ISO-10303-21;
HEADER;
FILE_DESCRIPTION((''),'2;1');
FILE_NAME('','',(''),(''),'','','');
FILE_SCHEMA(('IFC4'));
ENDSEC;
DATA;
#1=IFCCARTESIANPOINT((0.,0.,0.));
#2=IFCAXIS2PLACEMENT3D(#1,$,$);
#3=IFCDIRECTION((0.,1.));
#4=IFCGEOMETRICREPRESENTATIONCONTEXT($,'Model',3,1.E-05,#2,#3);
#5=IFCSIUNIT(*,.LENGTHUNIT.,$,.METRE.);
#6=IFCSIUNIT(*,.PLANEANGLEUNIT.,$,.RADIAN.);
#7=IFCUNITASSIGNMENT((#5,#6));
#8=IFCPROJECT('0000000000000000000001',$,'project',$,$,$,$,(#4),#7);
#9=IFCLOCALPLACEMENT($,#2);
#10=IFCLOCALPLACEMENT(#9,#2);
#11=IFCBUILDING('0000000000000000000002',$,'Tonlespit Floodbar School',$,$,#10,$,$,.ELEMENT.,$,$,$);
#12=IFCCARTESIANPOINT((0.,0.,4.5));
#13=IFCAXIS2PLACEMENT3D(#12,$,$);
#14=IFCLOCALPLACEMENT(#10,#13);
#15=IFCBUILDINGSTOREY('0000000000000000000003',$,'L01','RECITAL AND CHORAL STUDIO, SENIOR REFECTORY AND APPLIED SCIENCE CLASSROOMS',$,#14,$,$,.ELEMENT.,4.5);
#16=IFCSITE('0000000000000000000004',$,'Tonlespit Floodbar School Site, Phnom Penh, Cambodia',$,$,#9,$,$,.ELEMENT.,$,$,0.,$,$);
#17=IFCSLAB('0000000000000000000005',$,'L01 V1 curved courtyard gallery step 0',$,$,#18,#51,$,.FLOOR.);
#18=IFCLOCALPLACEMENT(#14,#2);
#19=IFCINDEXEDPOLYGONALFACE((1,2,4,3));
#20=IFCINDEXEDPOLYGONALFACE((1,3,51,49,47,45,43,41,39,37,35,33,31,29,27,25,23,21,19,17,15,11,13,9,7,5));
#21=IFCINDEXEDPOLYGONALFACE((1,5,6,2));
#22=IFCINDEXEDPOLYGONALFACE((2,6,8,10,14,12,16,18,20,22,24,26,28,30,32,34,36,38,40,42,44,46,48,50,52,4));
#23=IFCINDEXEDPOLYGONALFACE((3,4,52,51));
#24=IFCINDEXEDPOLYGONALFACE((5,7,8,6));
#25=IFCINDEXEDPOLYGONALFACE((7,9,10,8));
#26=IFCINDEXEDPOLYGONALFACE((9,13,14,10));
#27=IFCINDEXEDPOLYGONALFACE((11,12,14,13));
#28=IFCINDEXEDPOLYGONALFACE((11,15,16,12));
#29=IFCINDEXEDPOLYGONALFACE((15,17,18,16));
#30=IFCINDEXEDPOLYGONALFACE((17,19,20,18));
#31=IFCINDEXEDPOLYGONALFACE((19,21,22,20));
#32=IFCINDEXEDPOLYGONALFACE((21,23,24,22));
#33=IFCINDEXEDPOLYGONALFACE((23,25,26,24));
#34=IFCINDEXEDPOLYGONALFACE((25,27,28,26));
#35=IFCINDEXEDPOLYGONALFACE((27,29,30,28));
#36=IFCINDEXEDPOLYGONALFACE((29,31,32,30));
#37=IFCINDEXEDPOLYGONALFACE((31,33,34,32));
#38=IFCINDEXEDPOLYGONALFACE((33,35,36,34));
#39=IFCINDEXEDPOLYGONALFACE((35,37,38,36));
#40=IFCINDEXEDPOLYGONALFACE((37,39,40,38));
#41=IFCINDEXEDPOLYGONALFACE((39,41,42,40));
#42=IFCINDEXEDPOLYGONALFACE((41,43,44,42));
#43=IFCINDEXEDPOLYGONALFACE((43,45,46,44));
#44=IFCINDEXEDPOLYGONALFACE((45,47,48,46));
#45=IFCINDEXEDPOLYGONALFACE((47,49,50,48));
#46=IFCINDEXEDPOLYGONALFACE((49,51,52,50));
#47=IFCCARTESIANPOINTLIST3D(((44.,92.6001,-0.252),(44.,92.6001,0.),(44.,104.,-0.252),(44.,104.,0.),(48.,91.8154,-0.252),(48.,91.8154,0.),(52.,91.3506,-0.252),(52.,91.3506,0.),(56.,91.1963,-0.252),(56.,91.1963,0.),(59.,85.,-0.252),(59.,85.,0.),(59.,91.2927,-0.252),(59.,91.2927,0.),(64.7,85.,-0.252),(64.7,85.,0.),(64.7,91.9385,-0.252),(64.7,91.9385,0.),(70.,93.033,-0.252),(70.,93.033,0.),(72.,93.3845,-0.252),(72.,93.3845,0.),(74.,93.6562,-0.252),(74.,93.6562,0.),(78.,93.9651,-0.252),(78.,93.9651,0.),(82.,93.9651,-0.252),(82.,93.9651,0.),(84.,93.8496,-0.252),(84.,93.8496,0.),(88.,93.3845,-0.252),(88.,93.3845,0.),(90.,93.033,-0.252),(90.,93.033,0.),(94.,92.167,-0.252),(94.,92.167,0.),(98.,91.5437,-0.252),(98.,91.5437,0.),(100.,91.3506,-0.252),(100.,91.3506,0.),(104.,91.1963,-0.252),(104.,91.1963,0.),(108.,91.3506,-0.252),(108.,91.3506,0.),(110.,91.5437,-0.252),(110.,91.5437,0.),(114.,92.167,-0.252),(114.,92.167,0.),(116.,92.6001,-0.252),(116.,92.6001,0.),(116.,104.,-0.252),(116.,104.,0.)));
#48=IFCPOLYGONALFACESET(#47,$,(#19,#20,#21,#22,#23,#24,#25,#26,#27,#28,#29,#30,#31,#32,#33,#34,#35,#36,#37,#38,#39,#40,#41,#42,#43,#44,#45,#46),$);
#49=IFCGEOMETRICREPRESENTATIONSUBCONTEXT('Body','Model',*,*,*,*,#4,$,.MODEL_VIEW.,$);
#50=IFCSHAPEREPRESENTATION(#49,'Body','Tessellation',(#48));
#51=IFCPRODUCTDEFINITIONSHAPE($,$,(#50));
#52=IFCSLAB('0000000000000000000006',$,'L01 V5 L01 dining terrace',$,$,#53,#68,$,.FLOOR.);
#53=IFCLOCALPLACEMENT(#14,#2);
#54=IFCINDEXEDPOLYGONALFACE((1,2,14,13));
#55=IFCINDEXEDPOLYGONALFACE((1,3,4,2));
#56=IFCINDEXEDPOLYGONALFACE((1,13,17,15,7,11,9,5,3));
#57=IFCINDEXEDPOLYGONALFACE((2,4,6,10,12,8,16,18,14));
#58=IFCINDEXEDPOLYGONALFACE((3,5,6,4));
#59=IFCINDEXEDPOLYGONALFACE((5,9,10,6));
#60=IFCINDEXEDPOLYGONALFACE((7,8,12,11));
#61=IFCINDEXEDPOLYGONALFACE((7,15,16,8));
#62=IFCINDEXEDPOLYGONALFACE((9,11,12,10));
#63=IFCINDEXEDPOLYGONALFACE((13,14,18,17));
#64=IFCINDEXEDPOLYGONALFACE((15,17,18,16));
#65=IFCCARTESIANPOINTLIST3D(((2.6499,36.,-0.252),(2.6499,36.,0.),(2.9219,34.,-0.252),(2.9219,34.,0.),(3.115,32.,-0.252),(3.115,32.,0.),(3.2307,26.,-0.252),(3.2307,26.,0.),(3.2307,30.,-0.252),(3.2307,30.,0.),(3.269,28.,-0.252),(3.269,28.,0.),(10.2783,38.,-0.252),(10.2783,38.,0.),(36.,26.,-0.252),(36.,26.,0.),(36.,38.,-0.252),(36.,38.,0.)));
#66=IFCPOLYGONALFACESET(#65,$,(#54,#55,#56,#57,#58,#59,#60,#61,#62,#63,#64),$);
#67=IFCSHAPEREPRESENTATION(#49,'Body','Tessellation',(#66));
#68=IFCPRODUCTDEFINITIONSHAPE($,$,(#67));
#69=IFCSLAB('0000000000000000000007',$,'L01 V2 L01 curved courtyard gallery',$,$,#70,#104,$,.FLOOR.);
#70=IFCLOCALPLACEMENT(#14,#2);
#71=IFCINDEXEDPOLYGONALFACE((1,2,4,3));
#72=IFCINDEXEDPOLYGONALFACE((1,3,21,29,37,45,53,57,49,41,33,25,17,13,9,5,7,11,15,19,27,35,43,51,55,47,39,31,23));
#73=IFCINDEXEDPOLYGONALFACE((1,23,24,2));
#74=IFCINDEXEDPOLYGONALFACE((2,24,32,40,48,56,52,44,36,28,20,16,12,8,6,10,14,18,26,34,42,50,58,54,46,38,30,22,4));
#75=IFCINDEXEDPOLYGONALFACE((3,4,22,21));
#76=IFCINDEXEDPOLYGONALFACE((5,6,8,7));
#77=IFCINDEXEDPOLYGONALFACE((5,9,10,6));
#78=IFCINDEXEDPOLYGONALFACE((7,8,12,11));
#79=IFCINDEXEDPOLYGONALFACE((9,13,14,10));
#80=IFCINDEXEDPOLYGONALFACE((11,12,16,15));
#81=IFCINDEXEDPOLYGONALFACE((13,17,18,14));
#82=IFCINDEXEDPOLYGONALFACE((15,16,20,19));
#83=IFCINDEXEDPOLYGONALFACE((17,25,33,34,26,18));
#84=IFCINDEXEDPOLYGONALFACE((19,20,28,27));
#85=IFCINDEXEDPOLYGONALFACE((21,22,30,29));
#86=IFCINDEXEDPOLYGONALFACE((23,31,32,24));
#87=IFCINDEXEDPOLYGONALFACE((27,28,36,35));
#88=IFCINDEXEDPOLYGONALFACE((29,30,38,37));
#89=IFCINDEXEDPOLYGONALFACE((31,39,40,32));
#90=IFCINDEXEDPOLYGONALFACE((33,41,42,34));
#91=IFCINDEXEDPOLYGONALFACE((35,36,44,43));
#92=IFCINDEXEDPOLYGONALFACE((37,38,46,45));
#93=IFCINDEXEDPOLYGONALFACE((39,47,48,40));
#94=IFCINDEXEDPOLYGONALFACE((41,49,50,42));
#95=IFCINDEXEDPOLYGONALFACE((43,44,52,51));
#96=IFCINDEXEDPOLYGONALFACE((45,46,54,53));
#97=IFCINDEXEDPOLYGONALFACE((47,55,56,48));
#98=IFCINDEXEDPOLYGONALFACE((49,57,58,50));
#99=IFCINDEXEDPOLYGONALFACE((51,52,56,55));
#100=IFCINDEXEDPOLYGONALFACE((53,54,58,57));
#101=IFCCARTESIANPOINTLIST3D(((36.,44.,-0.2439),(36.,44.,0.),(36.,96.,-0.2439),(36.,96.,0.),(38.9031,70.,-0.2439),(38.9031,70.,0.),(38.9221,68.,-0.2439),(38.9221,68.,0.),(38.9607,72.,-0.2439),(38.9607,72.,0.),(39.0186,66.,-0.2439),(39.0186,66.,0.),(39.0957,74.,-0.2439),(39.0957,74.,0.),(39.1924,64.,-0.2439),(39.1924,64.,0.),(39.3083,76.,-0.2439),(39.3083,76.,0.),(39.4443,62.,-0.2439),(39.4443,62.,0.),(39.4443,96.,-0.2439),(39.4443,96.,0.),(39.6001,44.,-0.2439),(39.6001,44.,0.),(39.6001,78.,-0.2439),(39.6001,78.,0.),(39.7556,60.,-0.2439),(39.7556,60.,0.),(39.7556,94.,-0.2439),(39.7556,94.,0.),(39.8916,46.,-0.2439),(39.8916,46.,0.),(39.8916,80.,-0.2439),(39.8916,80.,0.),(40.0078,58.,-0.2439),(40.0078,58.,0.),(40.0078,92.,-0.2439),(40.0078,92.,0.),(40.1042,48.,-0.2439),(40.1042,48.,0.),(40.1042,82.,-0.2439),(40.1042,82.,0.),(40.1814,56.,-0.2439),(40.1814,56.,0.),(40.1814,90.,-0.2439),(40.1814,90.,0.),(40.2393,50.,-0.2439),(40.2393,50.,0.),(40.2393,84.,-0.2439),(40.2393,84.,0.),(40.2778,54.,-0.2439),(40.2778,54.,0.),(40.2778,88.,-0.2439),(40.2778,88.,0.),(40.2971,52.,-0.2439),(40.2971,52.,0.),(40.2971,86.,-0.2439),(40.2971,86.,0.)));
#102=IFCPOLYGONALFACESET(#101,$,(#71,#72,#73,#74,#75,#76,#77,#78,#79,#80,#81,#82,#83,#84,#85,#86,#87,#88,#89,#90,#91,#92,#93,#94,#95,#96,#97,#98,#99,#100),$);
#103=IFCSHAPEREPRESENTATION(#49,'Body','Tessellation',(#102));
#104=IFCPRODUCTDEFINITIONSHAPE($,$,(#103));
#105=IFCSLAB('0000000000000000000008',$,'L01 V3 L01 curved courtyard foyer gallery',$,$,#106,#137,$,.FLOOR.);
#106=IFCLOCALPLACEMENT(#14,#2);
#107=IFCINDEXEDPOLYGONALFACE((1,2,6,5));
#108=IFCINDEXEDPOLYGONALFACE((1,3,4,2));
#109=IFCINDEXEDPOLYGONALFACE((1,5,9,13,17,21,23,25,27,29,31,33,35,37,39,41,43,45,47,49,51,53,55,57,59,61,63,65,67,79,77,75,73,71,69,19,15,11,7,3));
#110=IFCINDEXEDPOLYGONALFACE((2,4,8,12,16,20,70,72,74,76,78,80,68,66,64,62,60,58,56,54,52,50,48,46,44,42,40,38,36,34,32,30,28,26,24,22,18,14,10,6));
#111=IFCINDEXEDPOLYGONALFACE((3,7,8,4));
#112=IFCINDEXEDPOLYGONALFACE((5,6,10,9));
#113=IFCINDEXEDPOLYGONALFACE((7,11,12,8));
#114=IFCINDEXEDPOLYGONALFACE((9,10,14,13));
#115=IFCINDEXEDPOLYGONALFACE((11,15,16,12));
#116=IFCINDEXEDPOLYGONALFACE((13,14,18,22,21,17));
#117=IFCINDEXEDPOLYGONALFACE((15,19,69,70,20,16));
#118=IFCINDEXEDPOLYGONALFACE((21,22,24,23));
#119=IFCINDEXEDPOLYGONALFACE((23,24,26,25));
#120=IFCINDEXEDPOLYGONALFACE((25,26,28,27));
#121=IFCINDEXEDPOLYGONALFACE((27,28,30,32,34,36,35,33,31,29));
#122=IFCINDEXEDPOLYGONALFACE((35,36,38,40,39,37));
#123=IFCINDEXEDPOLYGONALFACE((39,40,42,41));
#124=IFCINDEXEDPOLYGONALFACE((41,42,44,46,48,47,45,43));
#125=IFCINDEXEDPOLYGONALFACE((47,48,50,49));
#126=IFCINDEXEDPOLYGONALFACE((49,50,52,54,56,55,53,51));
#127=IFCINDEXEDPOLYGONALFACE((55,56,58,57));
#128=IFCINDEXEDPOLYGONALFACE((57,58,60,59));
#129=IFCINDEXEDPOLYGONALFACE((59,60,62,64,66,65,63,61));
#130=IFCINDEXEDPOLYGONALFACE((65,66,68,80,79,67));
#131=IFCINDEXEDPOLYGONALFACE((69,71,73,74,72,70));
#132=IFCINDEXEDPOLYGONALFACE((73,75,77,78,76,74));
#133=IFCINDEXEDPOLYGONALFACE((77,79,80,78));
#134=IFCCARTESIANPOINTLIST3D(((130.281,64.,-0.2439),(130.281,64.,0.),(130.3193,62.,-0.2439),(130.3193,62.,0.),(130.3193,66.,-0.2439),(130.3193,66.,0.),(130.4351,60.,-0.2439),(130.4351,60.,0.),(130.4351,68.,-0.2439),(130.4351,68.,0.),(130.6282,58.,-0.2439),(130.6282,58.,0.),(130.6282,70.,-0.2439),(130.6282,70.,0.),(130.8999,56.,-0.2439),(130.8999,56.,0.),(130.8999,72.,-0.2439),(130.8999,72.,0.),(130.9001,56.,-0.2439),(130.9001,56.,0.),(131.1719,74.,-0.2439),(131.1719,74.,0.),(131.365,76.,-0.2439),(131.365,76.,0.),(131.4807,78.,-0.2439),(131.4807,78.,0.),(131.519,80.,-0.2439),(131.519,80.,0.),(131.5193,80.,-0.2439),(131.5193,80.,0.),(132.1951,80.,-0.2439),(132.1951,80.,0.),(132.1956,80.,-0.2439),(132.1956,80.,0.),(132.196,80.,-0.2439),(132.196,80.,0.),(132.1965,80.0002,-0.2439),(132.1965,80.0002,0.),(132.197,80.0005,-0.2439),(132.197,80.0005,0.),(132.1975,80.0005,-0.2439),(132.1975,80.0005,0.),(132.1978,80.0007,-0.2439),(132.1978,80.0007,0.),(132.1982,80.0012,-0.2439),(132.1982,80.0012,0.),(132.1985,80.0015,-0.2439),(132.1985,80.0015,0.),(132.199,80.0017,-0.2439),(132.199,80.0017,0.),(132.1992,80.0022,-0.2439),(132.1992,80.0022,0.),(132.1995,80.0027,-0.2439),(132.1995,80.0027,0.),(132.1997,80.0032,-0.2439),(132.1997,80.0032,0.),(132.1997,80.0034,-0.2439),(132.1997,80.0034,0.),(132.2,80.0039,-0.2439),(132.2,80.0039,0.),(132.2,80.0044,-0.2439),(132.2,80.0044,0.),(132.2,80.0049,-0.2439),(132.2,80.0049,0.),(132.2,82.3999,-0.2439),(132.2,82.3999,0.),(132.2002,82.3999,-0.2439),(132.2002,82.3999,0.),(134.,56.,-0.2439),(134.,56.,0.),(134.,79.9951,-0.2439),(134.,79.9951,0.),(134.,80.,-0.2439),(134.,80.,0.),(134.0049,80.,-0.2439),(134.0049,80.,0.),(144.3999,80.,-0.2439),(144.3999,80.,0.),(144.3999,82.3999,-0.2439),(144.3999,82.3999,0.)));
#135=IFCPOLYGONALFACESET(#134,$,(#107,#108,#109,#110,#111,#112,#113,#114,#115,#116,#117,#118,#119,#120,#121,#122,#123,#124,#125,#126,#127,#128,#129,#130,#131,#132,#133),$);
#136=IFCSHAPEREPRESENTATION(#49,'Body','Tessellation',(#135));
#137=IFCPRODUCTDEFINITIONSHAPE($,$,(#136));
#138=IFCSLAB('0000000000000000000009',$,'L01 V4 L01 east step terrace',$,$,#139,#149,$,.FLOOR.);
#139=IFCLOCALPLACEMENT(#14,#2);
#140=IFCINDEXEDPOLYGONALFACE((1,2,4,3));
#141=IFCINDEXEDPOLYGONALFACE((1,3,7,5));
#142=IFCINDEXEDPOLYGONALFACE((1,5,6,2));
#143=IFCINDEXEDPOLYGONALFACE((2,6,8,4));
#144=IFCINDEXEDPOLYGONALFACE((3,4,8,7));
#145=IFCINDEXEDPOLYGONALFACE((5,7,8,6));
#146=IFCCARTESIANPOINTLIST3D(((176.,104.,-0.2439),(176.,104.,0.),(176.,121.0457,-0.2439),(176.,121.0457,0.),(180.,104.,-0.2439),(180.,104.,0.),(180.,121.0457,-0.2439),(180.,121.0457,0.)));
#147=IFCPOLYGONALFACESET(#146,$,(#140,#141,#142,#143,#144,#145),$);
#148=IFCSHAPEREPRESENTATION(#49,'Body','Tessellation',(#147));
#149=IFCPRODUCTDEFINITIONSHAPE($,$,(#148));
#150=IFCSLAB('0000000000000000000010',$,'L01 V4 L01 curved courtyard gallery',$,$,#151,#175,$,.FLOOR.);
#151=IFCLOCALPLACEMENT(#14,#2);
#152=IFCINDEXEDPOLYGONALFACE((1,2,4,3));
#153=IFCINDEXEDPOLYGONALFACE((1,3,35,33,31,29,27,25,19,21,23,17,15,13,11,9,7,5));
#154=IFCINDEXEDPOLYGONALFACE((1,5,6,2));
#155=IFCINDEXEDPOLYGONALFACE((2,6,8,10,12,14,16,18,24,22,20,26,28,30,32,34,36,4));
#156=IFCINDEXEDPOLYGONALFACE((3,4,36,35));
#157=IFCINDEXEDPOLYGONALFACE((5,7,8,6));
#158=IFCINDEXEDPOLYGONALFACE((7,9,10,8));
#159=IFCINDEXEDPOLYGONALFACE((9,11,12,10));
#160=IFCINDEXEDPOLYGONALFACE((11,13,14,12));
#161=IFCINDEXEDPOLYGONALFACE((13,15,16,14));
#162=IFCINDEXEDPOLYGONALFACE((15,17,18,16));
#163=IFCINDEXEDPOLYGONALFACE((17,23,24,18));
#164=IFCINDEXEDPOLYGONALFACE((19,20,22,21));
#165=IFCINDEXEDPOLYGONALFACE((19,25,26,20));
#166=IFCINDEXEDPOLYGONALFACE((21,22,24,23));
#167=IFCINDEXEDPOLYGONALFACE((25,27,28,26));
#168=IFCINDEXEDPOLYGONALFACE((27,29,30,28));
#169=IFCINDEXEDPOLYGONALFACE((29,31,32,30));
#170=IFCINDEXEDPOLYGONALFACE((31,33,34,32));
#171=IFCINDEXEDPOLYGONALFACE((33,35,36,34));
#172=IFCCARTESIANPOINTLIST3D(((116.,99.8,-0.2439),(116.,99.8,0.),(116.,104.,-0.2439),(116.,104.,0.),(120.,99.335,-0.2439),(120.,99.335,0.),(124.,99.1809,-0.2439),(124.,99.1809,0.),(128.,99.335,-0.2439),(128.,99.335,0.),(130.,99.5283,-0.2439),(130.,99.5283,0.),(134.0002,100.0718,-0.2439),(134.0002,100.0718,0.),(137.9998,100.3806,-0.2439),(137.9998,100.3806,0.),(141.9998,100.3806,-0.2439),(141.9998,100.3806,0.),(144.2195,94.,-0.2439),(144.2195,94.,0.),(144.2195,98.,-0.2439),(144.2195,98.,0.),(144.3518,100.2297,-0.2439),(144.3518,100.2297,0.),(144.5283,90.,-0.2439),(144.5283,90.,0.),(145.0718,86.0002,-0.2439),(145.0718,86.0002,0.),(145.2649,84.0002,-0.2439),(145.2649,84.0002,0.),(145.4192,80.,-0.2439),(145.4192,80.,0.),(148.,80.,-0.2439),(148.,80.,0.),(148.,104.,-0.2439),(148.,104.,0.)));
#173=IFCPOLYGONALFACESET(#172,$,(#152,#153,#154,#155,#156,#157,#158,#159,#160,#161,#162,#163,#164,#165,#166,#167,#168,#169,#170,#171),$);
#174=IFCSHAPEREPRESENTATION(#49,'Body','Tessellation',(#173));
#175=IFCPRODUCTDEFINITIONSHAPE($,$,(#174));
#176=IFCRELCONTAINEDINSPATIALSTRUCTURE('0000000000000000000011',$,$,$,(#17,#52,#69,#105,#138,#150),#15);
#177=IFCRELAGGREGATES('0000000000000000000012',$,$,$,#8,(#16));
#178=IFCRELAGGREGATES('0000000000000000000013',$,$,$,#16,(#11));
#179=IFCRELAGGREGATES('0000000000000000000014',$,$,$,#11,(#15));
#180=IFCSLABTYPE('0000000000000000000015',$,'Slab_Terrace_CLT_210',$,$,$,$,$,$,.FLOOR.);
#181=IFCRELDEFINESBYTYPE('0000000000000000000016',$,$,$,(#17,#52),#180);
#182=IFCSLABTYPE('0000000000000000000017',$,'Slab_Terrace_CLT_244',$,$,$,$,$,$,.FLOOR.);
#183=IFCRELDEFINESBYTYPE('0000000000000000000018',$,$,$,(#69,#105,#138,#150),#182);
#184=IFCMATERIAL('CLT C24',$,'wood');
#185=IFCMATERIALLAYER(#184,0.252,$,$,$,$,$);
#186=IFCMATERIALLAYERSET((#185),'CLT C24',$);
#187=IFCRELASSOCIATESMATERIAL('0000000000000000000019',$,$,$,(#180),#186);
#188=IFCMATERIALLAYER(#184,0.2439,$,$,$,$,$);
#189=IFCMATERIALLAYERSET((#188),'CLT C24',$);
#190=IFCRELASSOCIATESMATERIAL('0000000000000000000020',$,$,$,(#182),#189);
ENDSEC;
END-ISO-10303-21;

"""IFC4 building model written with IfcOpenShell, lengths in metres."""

from ifc_helpers import new_model, si_unit, direction, frame, origin, place, context, subcontext, project, spatial, polyline, outline, extrude, material, layer, layer_set, type_object, element, save


model = new_model("IFC4")

# Units and contexts
model_context = context("Model", 3, precision=1e-05, world=origin(), true_north=direction((0.0, 1.0)))
body_context = subcontext(model_context, "Body", "Model", "MODEL_VIEW")
ifc_project = project(units=[si_unit("LENGTHUNIT", "METRE"), si_unit("PLANEANGLEUNIT", "RADIAN")], contexts=[model_context])

# Site, building, storey
site_placement = place(None, origin())
site = spatial("IfcSite", under=ifc_project, at=site_placement, Name="Tonlespit Floodbar School Site, Phnom Penh, Cambodia", CompositionType="ELEMENT", RefElevation=0.0)
building_placement = place(site_placement, origin())
building = spatial("IfcBuilding", under=site, at=building_placement, Name="Tonlespit Floodbar School", CompositionType="ELEMENT")
storey_placement = place(building_placement, frame((0.0, 0.0, 4.5)))
storey = spatial("IfcBuildingStorey", under=building, at=storey_placement, Name="L01", Description="RECITAL AND CHORAL STUDIO, SENIOR REFECTORY AND APPLIED SCIENCE CLASSROOMS", CompositionType="ELEMENT", Elevation=4.5)

# Slabs
ifc_material_1 = material(Name="CLT C24", Category="wood")
ifc_layer_1 = layer(ifc_material_1, 0.252)
ifc_layer_set_1 = layer_set([ifc_layer_1], Name="CLT C24")
slab_type_1 = type_object("IfcSlabType", Name="Slab_Terrace_CLT_210", PredefinedType="FLOOR", material=ifc_layer_set_1)
slab_1_placement = place(storey_placement, frame((0.0, 0.0, -0.252)))
element("IfcSlab", 1, at=slab_1_placement, inside=storey, type_object=slab_type_1, Name="L01 V1 curved courtyard gallery step 0", PredefinedType="FLOOR", context=body_context, shape_type="SweptSolid", body=[
    extrude(outline(polyline([(64.7, 85.0), (59.0, 85.0), (59.0, 91.2927), (56.0, 91.1963), (52.0, 91.3506), (48.0, 91.8154), (44.0, 92.6001), (44.0, 104.0), (116.0, 104.0), (116.0, 92.6001), (114.0, 92.167), (110.0, 91.5437), (108.0, 91.3506), (104.0, 91.1963), (100.0, 91.3506), (98.0, 91.5437), (94.0, 92.167), (90.0, 93.033), (88.0, 93.3845), (84.0, 93.8496), (82.0, 93.9651), (78.0, 93.9651), (74.0, 93.6562), (72.0, 93.3845), (70.0, 93.033), (64.7, 91.9385), (64.7, 85.0)])), origin(), (0.0, 0.0, 1.0), 0.252),
])
slab_2_placement = place(storey_placement, frame((0.0, 0.0, -0.252)))
element("IfcSlab", 2, at=slab_2_placement, inside=storey, type_object=slab_type_1, Name="L01 V5 L01 dining terrace", PredefinedType="FLOOR", context=body_context, shape_type="SweptSolid", body=[
    extrude(outline(polyline([(10.2783, 38.0), (2.6499, 36.0), (2.9219, 34.0), (3.115, 32.0), (3.2307, 30.0), (3.269, 28.0), (3.2307, 26.0), (36.0, 26.0), (36.0, 38.0), (10.2783, 38.0)])), origin(), (0.0, 0.0, 1.0), 0.252),
])
ifc_layer_2 = layer(ifc_material_1, 0.2439)
ifc_layer_set_2 = layer_set([ifc_layer_2], Name="CLT C24")
slab_type_2 = type_object("IfcSlabType", Name="Slab_Terrace_CLT_244", PredefinedType="FLOOR", material=ifc_layer_set_2)
slab_3_placement = place(storey_placement, frame((0.0, 0.0, -0.2439)))
element("IfcSlab", 3, at=slab_3_placement, inside=storey, type_object=slab_type_2, Name="L01 V2 L01 curved courtyard gallery", PredefinedType="FLOOR", context=body_context, shape_type="SweptSolid", body=[
    extrude(outline(polyline([(36.0, 44.0), (39.6001, 44.0), (39.8916, 46.0), (40.1042, 48.0), (40.2393, 50.0), (40.2971, 52.0), (40.2778, 54.0), (40.1814, 56.0), (40.0078, 58.0), (39.7556, 60.0), (39.4443, 62.0), (39.1924, 64.0), (39.0186, 66.0), (38.9221, 68.0), (38.9031, 70.0), (38.9607, 72.0), (39.0957, 74.0), (39.3083, 76.0), (39.6001, 78.0), (39.8916, 80.0), (40.1042, 82.0), (40.2393, 84.0), (40.2971, 86.0), (40.2778, 88.0), (40.1814, 90.0), (40.0078, 92.0), (39.7556, 94.0), (39.4443, 96.0), (36.0, 96.0), (36.0, 44.0)])), origin(), (0.0, 0.0, 1.0), 0.2439),
])
slab_4_placement = place(storey_placement, frame((0.0, 0.0, -0.2439)))
element("IfcSlab", 4, at=slab_4_placement, inside=storey, type_object=slab_type_2, Name="L01 V3 L01 curved courtyard foyer gallery", PredefinedType="FLOOR", context=body_context, shape_type="SweptSolid", body=[
    extrude(outline(polyline([(130.8999, 56.0), (130.6282, 58.0), (130.6282, 58.0), (130.4351, 60.0), (130.4351, 60.0), (130.3193, 62.0), (130.3193, 62.0), (130.281, 64.0), (130.281, 64.0), (130.3193, 66.0), (130.3193, 66.0), (130.4351, 68.0), (130.4351, 68.0), (130.6282, 70.0), (130.6282, 70.0), (130.8999, 72.0), (131.1719, 74.0), (131.1719, 74.0), (131.365, 76.0), (131.365, 76.0), (131.4807, 78.0), (131.4807, 78.0), (131.519, 80.0), (131.519, 80.0), (131.5193, 80.0), (132.1951, 80.0), (132.1956, 80.0), (132.196, 80.0), (132.1965, 80.0002), (132.197, 80.0005), (132.1975, 80.0005), (132.1978, 80.0007), (132.1982, 80.0012), (132.1985, 80.0015), (132.199, 80.0017), (132.1992, 80.0022), (132.1995, 80.0027), (132.1997, 80.0032), (132.1997, 80.0034), (132.2, 80.0039), (132.2, 80.0044), (132.2, 80.0049), (132.2, 82.3999), (132.2, 82.3999), (132.2002, 82.3999), (144.3999, 82.3999), (144.3999, 82.3999), (144.3999, 82.3999), (144.3999, 80.0), (144.3999, 80.0), (144.3999, 80.0), (134.0049, 80.0), (134.0, 80.0), (134.0, 79.9951), (134.0, 56.0), (134.0, 56.0), (134.0, 56.0), (130.9001, 56.0), (130.8999, 56.0), (130.8999, 56.0)])), origin(), (0.0, 0.0, 1.0), 0.2439),
])
slab_5_placement = place(storey_placement, frame((0.0, 0.0, -0.2439)))
element("IfcSlab", 5, at=slab_5_placement, inside=storey, type_object=slab_type_2, Name="L01 V4 L01 east step terrace", PredefinedType="FLOOR", context=body_context, shape_type="SweptSolid", body=[
    extrude(outline(polyline([(176.0, 104.0), (180.0, 104.0), (180.0, 121.0457), (176.0, 121.0457), (176.0, 104.0)])), origin(), (0.0, 0.0, 1.0), 0.2439),
])
slab_6_placement = place(storey_placement, frame((0.0, 0.0, -0.2439)))
element("IfcSlab", 6, at=slab_6_placement, inside=storey, type_object=slab_type_2, Name="L01 V4 L01 curved courtyard gallery", PredefinedType="FLOOR", context=body_context, shape_type="SweptSolid", body=[
    extrude(outline(polyline([(116.0, 99.8), (116.0, 104.0), (148.0, 104.0), (148.0, 80.0), (145.4192, 80.0), (145.2649, 84.0002), (145.0718, 86.0002), (144.5283, 90.0), (144.2195, 94.0), (144.2195, 98.0), (144.3518, 100.2297), (141.9998, 100.3806), (137.9998, 100.3806), (134.0002, 100.0718), (130.0, 99.5283), (128.0, 99.335), (124.0, 99.1809), (120.0, 99.335), (116.0, 99.8)])), origin(), (0.0, 0.0, 1.0), 0.2439),
])

save(model, "model.ifc")
